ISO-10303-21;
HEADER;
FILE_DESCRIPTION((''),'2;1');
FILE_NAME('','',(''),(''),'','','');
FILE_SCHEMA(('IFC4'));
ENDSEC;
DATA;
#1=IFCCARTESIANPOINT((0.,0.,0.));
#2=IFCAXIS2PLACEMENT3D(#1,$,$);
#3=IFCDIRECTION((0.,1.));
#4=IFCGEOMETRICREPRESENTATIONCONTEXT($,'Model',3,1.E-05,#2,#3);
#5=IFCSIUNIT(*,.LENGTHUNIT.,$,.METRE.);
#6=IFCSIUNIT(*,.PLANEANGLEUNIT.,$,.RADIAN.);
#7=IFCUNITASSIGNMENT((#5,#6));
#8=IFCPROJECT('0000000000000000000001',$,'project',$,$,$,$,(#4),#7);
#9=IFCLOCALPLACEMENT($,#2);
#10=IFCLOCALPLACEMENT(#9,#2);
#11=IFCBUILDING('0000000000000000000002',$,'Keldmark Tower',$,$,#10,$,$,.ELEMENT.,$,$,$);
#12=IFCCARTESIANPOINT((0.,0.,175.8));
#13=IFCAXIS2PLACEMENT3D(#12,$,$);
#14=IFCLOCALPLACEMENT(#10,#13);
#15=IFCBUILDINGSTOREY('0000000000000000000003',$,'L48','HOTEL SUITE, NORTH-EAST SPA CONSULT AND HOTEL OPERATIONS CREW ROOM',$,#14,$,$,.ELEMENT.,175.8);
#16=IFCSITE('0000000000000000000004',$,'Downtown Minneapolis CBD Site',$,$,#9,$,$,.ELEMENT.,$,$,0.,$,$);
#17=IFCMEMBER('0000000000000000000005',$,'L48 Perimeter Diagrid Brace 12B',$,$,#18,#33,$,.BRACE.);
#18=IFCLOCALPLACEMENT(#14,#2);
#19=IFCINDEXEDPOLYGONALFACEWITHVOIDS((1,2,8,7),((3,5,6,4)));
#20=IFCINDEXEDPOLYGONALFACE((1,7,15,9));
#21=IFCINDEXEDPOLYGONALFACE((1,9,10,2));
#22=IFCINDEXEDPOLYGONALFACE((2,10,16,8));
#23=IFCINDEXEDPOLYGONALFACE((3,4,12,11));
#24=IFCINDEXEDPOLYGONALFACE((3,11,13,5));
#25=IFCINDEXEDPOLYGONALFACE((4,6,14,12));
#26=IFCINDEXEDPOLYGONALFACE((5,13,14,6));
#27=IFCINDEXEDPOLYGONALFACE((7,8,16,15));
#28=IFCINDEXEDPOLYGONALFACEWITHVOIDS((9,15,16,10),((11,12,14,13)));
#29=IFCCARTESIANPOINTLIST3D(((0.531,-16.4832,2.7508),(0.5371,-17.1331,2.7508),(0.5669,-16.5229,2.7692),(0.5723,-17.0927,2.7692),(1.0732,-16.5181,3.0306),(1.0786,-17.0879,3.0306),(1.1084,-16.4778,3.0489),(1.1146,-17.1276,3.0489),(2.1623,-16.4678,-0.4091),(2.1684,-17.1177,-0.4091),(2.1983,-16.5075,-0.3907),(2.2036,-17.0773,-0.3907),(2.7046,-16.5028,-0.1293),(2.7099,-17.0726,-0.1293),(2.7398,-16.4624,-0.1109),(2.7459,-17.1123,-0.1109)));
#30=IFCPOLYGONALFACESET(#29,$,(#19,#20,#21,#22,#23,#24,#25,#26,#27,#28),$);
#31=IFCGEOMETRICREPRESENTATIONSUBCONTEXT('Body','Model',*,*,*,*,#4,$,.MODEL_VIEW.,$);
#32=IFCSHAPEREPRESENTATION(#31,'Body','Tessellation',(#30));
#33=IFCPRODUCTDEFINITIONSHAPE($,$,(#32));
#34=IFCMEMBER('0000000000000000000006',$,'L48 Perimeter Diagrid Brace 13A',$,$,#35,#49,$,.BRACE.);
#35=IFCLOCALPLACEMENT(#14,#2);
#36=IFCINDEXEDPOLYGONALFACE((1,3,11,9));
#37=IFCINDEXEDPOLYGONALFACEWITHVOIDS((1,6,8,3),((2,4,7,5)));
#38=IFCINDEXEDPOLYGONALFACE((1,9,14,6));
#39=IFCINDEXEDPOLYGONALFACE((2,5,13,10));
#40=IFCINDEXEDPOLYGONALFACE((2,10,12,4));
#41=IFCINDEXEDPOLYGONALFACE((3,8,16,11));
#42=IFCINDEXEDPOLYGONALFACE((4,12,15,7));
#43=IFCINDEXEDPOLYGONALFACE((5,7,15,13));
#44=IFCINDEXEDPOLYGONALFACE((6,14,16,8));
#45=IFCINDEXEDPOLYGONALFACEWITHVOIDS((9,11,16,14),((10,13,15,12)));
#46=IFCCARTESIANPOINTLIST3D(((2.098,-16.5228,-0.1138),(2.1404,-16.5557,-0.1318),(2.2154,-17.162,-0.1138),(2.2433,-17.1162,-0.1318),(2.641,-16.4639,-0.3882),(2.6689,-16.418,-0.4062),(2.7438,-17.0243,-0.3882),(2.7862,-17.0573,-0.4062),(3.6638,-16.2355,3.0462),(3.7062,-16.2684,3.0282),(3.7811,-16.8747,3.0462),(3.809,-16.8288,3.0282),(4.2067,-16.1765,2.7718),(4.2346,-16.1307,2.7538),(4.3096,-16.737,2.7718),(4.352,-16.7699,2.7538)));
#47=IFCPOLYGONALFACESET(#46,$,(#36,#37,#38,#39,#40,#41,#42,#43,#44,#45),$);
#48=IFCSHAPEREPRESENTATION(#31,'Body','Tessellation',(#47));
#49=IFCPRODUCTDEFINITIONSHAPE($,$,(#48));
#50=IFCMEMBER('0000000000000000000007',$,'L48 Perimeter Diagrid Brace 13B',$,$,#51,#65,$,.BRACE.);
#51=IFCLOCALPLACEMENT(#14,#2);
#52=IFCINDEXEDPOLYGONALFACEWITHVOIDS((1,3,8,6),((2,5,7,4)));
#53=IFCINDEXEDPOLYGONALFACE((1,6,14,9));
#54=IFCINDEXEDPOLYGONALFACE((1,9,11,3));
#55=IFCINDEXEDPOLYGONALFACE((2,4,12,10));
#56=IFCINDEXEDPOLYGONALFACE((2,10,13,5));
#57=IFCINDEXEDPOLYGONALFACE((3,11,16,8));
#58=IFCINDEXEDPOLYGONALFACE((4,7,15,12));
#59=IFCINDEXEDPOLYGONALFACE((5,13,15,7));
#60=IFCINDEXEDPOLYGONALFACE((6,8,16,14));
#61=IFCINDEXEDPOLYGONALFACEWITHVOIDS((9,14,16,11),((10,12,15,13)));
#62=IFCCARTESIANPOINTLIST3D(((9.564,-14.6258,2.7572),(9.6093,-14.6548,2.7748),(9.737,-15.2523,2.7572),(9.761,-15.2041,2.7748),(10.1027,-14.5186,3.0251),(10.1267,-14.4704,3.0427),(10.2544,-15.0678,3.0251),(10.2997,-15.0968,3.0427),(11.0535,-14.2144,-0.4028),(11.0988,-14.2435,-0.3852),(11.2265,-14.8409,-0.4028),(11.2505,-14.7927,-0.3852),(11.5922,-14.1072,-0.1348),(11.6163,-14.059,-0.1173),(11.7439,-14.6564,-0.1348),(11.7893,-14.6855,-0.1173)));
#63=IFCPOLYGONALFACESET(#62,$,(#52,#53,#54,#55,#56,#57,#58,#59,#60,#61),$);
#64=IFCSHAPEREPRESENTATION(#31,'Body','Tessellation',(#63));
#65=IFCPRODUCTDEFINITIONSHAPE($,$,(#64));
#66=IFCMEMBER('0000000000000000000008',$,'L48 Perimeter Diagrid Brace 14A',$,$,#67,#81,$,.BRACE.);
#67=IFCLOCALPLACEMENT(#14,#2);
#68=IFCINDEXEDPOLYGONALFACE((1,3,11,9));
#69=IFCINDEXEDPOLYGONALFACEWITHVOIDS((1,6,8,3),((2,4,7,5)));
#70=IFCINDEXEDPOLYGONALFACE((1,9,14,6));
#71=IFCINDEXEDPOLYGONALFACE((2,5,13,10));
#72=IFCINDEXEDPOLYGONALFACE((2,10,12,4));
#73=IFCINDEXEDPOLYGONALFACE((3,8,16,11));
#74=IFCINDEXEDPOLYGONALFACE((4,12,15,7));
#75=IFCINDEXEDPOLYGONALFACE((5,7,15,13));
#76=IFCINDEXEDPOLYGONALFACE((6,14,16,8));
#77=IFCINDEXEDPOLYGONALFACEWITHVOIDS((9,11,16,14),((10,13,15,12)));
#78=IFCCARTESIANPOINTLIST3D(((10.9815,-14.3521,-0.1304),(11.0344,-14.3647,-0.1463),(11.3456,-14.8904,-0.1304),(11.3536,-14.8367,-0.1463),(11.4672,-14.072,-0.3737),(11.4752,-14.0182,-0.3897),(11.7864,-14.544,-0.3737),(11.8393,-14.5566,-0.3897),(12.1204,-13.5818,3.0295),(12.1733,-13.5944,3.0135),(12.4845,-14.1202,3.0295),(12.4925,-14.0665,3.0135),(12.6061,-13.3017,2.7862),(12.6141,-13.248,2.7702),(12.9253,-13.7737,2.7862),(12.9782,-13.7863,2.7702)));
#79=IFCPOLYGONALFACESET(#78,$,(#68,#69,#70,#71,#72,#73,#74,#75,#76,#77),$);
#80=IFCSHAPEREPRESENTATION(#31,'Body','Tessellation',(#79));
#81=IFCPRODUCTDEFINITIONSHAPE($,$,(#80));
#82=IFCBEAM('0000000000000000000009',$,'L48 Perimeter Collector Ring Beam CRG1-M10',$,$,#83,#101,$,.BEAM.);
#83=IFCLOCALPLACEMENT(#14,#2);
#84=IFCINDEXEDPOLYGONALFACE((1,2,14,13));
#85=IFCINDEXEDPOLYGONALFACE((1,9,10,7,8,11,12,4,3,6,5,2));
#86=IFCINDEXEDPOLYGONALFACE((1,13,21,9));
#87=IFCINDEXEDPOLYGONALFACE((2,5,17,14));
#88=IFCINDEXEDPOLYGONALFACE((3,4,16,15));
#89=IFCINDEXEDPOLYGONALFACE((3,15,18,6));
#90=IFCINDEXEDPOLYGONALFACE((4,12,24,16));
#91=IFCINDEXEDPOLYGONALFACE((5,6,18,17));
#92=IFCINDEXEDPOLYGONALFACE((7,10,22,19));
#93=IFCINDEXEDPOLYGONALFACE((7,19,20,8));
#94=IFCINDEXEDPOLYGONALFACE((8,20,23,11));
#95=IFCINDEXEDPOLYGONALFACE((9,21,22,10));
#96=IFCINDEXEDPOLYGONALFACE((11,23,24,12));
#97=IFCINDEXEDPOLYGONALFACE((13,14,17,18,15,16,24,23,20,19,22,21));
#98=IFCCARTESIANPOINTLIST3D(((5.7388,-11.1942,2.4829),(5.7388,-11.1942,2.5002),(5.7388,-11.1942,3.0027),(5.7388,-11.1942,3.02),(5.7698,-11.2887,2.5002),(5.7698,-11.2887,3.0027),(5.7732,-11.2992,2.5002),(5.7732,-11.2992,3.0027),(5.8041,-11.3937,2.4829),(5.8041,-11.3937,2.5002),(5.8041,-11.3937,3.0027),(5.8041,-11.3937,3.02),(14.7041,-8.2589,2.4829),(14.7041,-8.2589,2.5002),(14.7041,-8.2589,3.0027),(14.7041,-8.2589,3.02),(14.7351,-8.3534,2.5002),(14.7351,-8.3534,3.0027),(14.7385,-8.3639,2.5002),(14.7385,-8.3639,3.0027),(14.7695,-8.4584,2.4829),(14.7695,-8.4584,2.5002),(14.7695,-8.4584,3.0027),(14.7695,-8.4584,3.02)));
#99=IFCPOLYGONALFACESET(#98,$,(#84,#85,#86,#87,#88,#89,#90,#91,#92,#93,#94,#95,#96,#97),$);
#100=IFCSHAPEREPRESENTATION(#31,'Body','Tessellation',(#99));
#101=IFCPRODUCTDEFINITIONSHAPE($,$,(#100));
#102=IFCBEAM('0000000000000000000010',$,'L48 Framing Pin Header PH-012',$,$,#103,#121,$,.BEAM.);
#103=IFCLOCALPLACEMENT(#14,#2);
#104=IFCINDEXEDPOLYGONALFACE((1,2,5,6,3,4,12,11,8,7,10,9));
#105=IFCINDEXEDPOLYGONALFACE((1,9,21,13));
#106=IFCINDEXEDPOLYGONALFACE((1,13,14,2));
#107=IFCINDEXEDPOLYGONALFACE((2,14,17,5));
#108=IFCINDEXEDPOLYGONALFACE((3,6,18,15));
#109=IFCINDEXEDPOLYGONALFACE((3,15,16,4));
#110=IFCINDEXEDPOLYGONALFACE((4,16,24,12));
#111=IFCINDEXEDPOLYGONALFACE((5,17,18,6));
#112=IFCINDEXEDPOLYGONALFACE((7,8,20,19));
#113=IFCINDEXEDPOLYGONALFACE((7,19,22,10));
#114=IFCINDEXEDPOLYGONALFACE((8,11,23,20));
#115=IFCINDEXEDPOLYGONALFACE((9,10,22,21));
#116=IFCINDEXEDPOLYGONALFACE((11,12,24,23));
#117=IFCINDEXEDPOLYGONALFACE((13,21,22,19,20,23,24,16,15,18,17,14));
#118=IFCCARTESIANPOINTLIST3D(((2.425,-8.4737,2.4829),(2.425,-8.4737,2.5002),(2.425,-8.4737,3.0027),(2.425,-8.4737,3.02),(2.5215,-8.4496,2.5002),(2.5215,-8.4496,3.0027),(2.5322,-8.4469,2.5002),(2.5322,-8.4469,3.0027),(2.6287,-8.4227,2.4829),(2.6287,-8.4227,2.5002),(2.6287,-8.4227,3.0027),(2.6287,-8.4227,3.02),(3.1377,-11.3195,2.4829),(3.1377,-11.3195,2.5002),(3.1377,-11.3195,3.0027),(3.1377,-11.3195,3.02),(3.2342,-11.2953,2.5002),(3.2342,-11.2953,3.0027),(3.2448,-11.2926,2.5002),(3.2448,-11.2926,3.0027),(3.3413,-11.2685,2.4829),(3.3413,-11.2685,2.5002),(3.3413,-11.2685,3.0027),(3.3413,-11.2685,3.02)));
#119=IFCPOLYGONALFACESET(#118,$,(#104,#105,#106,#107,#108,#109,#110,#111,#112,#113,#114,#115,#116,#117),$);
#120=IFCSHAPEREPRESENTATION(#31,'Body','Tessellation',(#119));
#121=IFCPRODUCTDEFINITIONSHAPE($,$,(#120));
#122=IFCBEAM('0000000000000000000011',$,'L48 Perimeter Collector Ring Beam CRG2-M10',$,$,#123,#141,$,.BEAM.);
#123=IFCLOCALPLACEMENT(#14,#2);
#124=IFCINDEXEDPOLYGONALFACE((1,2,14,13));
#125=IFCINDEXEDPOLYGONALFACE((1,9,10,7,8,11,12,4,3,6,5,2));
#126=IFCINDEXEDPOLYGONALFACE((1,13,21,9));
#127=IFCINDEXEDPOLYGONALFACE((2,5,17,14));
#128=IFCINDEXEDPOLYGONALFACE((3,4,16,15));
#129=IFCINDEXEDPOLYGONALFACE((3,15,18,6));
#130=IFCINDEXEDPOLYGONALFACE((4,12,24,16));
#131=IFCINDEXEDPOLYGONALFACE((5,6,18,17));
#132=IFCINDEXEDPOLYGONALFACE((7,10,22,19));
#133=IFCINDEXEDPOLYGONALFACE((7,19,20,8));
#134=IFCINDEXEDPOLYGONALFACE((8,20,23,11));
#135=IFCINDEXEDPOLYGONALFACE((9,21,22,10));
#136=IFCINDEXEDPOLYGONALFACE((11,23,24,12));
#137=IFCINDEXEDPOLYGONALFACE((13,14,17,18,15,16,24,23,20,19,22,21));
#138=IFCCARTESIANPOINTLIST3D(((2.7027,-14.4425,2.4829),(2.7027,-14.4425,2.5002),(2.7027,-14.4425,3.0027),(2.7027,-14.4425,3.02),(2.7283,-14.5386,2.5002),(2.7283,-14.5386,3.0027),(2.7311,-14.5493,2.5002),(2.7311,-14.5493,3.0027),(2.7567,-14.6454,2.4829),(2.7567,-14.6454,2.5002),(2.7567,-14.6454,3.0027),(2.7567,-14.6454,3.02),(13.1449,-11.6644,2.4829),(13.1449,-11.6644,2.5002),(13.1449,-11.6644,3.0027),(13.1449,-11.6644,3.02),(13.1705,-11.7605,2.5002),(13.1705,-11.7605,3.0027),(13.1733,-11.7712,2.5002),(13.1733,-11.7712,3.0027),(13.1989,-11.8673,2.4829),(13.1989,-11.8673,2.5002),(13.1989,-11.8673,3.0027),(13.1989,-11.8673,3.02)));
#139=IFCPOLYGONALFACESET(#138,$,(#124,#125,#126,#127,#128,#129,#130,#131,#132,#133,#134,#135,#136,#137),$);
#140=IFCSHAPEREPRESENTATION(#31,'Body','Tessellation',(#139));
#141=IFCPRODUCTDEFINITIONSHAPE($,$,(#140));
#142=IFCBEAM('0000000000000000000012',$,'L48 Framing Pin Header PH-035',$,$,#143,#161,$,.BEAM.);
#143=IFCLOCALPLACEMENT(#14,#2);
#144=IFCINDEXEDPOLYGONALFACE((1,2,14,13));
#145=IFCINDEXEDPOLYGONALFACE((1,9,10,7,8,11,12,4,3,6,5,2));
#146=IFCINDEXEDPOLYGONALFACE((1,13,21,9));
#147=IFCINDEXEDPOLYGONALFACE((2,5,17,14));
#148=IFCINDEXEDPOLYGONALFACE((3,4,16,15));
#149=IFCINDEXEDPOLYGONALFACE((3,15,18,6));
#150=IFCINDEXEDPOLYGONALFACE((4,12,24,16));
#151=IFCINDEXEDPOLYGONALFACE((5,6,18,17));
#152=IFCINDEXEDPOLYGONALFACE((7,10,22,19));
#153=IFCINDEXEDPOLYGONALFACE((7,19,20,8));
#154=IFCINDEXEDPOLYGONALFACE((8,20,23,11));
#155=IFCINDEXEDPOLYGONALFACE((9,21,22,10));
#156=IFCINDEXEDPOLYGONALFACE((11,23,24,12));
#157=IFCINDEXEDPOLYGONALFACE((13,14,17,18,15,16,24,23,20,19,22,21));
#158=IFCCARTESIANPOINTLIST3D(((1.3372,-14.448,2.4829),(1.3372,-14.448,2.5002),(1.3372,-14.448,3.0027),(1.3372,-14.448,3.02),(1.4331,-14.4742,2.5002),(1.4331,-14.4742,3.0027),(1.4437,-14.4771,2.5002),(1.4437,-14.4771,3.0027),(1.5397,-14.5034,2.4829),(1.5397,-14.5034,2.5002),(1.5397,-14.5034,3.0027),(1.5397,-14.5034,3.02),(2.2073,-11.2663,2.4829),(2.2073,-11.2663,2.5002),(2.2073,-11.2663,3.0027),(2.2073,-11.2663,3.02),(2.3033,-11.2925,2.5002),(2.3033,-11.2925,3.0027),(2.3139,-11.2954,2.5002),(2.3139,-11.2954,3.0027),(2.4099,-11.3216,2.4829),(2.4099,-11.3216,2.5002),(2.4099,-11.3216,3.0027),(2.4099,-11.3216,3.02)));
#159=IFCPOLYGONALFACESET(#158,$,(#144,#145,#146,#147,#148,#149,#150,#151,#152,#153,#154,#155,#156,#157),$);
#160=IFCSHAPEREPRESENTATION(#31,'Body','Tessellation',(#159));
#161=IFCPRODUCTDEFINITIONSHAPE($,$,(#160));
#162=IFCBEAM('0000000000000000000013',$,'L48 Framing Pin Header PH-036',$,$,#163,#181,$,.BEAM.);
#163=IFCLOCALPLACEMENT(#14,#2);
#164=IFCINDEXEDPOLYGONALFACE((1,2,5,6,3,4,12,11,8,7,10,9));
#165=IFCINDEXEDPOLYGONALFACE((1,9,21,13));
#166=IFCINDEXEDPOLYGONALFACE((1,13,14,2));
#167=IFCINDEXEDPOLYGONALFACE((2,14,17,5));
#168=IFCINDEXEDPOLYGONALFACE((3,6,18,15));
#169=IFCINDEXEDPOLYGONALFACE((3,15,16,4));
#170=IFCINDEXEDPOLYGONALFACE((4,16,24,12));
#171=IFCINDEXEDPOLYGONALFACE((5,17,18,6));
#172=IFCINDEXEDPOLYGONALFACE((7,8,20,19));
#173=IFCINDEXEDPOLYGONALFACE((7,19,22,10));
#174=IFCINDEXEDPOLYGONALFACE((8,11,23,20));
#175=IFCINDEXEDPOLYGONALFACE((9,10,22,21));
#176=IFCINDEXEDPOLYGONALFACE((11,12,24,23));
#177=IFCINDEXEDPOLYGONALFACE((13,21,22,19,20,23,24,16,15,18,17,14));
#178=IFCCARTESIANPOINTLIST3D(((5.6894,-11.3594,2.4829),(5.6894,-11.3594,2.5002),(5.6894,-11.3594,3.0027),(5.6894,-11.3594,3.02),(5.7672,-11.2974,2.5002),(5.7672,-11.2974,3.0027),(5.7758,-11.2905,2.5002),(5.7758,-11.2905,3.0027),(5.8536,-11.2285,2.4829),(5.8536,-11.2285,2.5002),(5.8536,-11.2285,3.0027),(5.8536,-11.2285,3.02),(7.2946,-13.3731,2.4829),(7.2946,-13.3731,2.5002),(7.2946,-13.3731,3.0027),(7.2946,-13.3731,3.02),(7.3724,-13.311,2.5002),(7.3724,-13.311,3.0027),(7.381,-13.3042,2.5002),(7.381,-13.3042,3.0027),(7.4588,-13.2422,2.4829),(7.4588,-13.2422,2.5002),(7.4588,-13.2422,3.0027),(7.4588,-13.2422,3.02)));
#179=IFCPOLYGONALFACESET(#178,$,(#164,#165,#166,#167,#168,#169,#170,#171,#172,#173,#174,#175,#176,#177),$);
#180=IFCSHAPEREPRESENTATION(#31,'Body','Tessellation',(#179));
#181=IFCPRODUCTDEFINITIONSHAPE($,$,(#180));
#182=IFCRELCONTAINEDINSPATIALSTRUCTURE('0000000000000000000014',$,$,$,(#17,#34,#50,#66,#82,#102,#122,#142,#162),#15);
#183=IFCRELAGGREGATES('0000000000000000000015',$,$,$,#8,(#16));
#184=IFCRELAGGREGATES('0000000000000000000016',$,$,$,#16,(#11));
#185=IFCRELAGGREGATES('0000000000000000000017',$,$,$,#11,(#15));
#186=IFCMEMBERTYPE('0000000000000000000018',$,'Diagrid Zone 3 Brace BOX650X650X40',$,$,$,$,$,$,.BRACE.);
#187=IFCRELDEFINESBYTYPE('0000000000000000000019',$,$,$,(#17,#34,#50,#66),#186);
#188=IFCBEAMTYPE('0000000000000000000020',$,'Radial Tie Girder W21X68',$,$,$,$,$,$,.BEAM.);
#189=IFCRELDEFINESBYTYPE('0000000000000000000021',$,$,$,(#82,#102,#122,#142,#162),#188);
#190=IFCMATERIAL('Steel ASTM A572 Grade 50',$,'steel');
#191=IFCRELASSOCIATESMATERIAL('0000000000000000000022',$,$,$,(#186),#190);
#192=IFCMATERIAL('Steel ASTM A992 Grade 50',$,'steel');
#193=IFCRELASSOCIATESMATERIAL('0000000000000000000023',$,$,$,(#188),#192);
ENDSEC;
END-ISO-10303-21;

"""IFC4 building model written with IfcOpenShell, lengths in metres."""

from ifc_helpers import new_model, si_unit, direction, frame, origin, origin_2d, place, context, subcontext, project, spatial, hollow_rectangle, i_section, extrude, material, material_profile, profile_set, type_object, element, save


model = new_model("IFC4")

# Units and contexts
model_context = context("Model", 3, precision=1e-05, world=origin(), true_north=direction((0.0, 1.0)))
body_context = subcontext(model_context, "Body", "Model", "MODEL_VIEW")
ifc_project = project(units=[si_unit("LENGTHUNIT", "METRE"), si_unit("PLANEANGLEUNIT", "RADIAN")], contexts=[model_context])

# Site, building, storey
site_placement = place(None, origin())
site = spatial("IfcSite", under=ifc_project, at=site_placement, Name="Downtown Minneapolis CBD Site", CompositionType="ELEMENT", RefElevation=0.0)
building_placement = place(site_placement, origin())
building = spatial("IfcBuilding", under=site, at=building_placement, Name="Keldmark Tower", CompositionType="ELEMENT")
storey_placement = place(building_placement, frame((0.0, 0.0, 175.8)))
storey = spatial("IfcBuildingStorey", under=building, at=storey_placement, Name="L48", Description="HOTEL SUITE, NORTH-EAST SPA CONSULT AND HOTEL OPERATIONS CREW ROOM", CompositionType="ELEMENT", Elevation=175.8)

# Members
ifc_material_1 = material(Name="Steel ASTM A572 Grade 50", Category="steel")
ifc_material_profile_1 = material_profile(ifc_material_1, hollow_rectangle(XDim=0.6499, YDim=0.6499, WallThickness=0.04, at=origin_2d()), Name="BOX650X650X40")
ifc_profile_set_1 = profile_set([ifc_material_profile_1], Name="Steel ASTM A572 Grade 50")
member_type = type_object("IfcMemberType", Name="Diagrid Zone 3 Brace BOX650X650X40", PredefinedType="BRACE", material=ifc_profile_set_1)
member_1_placement = place(storey_placement, frame((2.4541, -16.79, -0.26), z_axis=(-0.458733, -0.004325, 0.888564), x_axis=(0.009428, -0.999956, 0.0)))
element("IfcMember", 1, at=member_1_placement, inside=storey, type_object=member_type, Name="L48 Perimeter Diagrid Brace 12B", PredefinedType="BRACE", context=body_context, shape_type="SweptSolid", body=[
    extrude(hollow_rectangle(XDim=0.6499, YDim=0.6499, WallThickness=0.04, at=origin_2d()), origin(), (0.0, 0.0, 1.0), 3.5562),
])
member_2_placement = place(storey_placement, frame((2.4421, -16.79, -0.26), z_axis=(0.442504, 0.081214, 0.893081), x_axis=(-0.180518, 0.983572, 0.0)))
element("IfcMember", 2, at=member_2_placement, inside=storey, type_object=member_type, Name="L48 Perimeter Diagrid Brace 13A", PredefinedType="BRACE", context=body_context, shape_type="SweptSolid", body=[
    extrude(hollow_rectangle(XDim=0.6499, YDim=0.6499, WallThickness=0.04, at=origin_2d()), origin(), (0.0, 0.0, 1.0), 3.5383),
])
member_3_placement = place(storey_placement, frame((11.4214, -14.45, -0.26), z_axis=(-0.423453, -0.116951, 0.898337), x_axis=(0.266218, -0.963913, 0.0)))
element("IfcMember", 3, at=member_3_placement, inside=storey, type_object=member_type, Name="L48 Perimeter Diagrid Brace 13B", PredefinedType="BRACE", context=body_context, shape_type="SweptSolid", body=[
    extrude(hollow_rectangle(XDim=0.6499, YDim=0.6499, WallThickness=0.04, at=origin_2d()), origin(), (0.0, 0.0, 1.0), 3.5176),
])
member_4_placement = place(storey_placement, frame((11.4104, -14.4543, -0.26), z_axis=(0.330496, 0.223519, 0.916958), x_axis=(-0.56022, 0.828344, 0.0)))
element("IfcMember", 4, at=member_4_placement, inside=storey, type_object=member_type, Name="L48 Perimeter Diagrid Brace 14A", PredefinedType="BRACE", context=body_context, shape_type="SweptSolid", body=[
    extrude(hollow_rectangle(XDim=0.6499, YDim=0.6499, WallThickness=0.04, at=origin_2d()), origin(), (0.0, 0.0, 1.0), 3.446),
])

# Beams
ifc_material_2 = material(Name="Steel ASTM A992 Grade 50", Category="steel")
ifc_material_profile_2 = material_profile(ifc_material_2, i_section(OverallWidth=0.21, OverallDepth=0.5371, WebThickness=0.011, FlangeThickness=0.0173, at=origin_2d()), Name="W21X68")
ifc_profile_set_2 = profile_set([ifc_material_profile_2], Name="Steel ASTM A992 Grade 50")
beam_type_1 = type_object("IfcBeamType", Name="Radial Tie Girder W21X68", PredefinedType="BEAM", material=ifc_profile_set_2)
beam_1_placement = place(storey_placement, frame((5.7715, -11.2939, 2.7515), z_axis=(0.95036, 0.311153, 0.0), x_axis=(-0.311153, 0.95036, 0.0)))
element("IfcBeam", 5, at=beam_1_placement, inside=storey, type_object=beam_type_1, Name="L48 Perimeter Collector Ring Beam CRG1-M10", PredefinedType="BEAM", context=body_context, shape_type="SweptSolid", body=[
    extrude(i_section(OverallWidth=0.21, OverallDepth=0.5371, WebThickness=0.011, FlangeThickness=0.0173, at=origin_2d()), origin(), (0.0, 0.0, 1.0), 9.4336),
])
beam_2_placement = place(storey_placement, frame((2.5269, -8.4482, 2.7515), z_axis=(0.242927, -0.970045, 0.0), x_axis=(0.970045, 0.242927, 0.0)))
element("IfcBeam", 6, at=beam_2_placement, inside=storey, type_object=beam_type_1, Name="L48 Framing Pin Header PH-012", PredefinedType="BEAM", context=body_context, shape_type="SweptSolid", body=[
    extrude(i_section(OverallWidth=0.21, OverallDepth=0.5371, WebThickness=0.011, FlangeThickness=0.0173, at=origin_2d()), origin(), (0.0, 0.0, 1.0), 2.9336),
])
beam_3_placement = place(storey_placement, frame((2.7297, -14.5439, 2.7515), z_axis=(0.966384, 0.257101, 0.0), x_axis=(-0.257101, 0.966384, 0.0)))
element("IfcBeam", 7, at=beam_3_placement, inside=storey, type_object=beam_type_1, Name="L48 Perimeter Collector Ring Beam CRG2-M10", PredefinedType="BEAM", context=body_context, shape_type="SweptSolid", body=[
    extrude(i_section(OverallWidth=0.21, OverallDepth=0.5371, WebThickness=0.011, FlangeThickness=0.0173, at=origin_2d()), origin(), (0.0, 0.0, 1.0), 10.8054),
])
beam_4_placement = place(storey_placement, frame((2.3086, -11.2939, 2.7515), z_axis=(-0.263794, -0.964579, 0.0), x_axis=(0.964579, -0.263794, 0.0)))
element("IfcBeam", 8, at=beam_4_placement, inside=storey, type_object=beam_type_1, Name="L48 Framing Pin Header PH-035", PredefinedType="BEAM", context=body_context, shape_type="SweptSolid", body=[
    extrude(i_section(OverallWidth=0.21, OverallDepth=0.5371, WebThickness=0.011, FlangeThickness=0.0173, at=origin_2d()), origin(), (0.0, 0.0, 1.0), 3.2986),
])
beam_5_placement = place(storey_placement, frame((5.7715, -11.2939, 2.7515), z_axis=(0.623341, -0.78195, 0.0), x_axis=(0.78195, 0.623341, 0.0)))
element("IfcBeam", 9, at=beam_5_placement, inside=storey, type_object=beam_type_1, Name="L48 Framing Pin Header PH-036", PredefinedType="BEAM", context=body_context, shape_type="SweptSolid", body=[
    extrude(i_section(OverallWidth=0.21, OverallDepth=0.5371, WebThickness=0.011, FlangeThickness=0.0173, at=origin_2d()), origin(), (0.0, 0.0, 1.0), 2.5752),
])

save(model, "model.ifc")
